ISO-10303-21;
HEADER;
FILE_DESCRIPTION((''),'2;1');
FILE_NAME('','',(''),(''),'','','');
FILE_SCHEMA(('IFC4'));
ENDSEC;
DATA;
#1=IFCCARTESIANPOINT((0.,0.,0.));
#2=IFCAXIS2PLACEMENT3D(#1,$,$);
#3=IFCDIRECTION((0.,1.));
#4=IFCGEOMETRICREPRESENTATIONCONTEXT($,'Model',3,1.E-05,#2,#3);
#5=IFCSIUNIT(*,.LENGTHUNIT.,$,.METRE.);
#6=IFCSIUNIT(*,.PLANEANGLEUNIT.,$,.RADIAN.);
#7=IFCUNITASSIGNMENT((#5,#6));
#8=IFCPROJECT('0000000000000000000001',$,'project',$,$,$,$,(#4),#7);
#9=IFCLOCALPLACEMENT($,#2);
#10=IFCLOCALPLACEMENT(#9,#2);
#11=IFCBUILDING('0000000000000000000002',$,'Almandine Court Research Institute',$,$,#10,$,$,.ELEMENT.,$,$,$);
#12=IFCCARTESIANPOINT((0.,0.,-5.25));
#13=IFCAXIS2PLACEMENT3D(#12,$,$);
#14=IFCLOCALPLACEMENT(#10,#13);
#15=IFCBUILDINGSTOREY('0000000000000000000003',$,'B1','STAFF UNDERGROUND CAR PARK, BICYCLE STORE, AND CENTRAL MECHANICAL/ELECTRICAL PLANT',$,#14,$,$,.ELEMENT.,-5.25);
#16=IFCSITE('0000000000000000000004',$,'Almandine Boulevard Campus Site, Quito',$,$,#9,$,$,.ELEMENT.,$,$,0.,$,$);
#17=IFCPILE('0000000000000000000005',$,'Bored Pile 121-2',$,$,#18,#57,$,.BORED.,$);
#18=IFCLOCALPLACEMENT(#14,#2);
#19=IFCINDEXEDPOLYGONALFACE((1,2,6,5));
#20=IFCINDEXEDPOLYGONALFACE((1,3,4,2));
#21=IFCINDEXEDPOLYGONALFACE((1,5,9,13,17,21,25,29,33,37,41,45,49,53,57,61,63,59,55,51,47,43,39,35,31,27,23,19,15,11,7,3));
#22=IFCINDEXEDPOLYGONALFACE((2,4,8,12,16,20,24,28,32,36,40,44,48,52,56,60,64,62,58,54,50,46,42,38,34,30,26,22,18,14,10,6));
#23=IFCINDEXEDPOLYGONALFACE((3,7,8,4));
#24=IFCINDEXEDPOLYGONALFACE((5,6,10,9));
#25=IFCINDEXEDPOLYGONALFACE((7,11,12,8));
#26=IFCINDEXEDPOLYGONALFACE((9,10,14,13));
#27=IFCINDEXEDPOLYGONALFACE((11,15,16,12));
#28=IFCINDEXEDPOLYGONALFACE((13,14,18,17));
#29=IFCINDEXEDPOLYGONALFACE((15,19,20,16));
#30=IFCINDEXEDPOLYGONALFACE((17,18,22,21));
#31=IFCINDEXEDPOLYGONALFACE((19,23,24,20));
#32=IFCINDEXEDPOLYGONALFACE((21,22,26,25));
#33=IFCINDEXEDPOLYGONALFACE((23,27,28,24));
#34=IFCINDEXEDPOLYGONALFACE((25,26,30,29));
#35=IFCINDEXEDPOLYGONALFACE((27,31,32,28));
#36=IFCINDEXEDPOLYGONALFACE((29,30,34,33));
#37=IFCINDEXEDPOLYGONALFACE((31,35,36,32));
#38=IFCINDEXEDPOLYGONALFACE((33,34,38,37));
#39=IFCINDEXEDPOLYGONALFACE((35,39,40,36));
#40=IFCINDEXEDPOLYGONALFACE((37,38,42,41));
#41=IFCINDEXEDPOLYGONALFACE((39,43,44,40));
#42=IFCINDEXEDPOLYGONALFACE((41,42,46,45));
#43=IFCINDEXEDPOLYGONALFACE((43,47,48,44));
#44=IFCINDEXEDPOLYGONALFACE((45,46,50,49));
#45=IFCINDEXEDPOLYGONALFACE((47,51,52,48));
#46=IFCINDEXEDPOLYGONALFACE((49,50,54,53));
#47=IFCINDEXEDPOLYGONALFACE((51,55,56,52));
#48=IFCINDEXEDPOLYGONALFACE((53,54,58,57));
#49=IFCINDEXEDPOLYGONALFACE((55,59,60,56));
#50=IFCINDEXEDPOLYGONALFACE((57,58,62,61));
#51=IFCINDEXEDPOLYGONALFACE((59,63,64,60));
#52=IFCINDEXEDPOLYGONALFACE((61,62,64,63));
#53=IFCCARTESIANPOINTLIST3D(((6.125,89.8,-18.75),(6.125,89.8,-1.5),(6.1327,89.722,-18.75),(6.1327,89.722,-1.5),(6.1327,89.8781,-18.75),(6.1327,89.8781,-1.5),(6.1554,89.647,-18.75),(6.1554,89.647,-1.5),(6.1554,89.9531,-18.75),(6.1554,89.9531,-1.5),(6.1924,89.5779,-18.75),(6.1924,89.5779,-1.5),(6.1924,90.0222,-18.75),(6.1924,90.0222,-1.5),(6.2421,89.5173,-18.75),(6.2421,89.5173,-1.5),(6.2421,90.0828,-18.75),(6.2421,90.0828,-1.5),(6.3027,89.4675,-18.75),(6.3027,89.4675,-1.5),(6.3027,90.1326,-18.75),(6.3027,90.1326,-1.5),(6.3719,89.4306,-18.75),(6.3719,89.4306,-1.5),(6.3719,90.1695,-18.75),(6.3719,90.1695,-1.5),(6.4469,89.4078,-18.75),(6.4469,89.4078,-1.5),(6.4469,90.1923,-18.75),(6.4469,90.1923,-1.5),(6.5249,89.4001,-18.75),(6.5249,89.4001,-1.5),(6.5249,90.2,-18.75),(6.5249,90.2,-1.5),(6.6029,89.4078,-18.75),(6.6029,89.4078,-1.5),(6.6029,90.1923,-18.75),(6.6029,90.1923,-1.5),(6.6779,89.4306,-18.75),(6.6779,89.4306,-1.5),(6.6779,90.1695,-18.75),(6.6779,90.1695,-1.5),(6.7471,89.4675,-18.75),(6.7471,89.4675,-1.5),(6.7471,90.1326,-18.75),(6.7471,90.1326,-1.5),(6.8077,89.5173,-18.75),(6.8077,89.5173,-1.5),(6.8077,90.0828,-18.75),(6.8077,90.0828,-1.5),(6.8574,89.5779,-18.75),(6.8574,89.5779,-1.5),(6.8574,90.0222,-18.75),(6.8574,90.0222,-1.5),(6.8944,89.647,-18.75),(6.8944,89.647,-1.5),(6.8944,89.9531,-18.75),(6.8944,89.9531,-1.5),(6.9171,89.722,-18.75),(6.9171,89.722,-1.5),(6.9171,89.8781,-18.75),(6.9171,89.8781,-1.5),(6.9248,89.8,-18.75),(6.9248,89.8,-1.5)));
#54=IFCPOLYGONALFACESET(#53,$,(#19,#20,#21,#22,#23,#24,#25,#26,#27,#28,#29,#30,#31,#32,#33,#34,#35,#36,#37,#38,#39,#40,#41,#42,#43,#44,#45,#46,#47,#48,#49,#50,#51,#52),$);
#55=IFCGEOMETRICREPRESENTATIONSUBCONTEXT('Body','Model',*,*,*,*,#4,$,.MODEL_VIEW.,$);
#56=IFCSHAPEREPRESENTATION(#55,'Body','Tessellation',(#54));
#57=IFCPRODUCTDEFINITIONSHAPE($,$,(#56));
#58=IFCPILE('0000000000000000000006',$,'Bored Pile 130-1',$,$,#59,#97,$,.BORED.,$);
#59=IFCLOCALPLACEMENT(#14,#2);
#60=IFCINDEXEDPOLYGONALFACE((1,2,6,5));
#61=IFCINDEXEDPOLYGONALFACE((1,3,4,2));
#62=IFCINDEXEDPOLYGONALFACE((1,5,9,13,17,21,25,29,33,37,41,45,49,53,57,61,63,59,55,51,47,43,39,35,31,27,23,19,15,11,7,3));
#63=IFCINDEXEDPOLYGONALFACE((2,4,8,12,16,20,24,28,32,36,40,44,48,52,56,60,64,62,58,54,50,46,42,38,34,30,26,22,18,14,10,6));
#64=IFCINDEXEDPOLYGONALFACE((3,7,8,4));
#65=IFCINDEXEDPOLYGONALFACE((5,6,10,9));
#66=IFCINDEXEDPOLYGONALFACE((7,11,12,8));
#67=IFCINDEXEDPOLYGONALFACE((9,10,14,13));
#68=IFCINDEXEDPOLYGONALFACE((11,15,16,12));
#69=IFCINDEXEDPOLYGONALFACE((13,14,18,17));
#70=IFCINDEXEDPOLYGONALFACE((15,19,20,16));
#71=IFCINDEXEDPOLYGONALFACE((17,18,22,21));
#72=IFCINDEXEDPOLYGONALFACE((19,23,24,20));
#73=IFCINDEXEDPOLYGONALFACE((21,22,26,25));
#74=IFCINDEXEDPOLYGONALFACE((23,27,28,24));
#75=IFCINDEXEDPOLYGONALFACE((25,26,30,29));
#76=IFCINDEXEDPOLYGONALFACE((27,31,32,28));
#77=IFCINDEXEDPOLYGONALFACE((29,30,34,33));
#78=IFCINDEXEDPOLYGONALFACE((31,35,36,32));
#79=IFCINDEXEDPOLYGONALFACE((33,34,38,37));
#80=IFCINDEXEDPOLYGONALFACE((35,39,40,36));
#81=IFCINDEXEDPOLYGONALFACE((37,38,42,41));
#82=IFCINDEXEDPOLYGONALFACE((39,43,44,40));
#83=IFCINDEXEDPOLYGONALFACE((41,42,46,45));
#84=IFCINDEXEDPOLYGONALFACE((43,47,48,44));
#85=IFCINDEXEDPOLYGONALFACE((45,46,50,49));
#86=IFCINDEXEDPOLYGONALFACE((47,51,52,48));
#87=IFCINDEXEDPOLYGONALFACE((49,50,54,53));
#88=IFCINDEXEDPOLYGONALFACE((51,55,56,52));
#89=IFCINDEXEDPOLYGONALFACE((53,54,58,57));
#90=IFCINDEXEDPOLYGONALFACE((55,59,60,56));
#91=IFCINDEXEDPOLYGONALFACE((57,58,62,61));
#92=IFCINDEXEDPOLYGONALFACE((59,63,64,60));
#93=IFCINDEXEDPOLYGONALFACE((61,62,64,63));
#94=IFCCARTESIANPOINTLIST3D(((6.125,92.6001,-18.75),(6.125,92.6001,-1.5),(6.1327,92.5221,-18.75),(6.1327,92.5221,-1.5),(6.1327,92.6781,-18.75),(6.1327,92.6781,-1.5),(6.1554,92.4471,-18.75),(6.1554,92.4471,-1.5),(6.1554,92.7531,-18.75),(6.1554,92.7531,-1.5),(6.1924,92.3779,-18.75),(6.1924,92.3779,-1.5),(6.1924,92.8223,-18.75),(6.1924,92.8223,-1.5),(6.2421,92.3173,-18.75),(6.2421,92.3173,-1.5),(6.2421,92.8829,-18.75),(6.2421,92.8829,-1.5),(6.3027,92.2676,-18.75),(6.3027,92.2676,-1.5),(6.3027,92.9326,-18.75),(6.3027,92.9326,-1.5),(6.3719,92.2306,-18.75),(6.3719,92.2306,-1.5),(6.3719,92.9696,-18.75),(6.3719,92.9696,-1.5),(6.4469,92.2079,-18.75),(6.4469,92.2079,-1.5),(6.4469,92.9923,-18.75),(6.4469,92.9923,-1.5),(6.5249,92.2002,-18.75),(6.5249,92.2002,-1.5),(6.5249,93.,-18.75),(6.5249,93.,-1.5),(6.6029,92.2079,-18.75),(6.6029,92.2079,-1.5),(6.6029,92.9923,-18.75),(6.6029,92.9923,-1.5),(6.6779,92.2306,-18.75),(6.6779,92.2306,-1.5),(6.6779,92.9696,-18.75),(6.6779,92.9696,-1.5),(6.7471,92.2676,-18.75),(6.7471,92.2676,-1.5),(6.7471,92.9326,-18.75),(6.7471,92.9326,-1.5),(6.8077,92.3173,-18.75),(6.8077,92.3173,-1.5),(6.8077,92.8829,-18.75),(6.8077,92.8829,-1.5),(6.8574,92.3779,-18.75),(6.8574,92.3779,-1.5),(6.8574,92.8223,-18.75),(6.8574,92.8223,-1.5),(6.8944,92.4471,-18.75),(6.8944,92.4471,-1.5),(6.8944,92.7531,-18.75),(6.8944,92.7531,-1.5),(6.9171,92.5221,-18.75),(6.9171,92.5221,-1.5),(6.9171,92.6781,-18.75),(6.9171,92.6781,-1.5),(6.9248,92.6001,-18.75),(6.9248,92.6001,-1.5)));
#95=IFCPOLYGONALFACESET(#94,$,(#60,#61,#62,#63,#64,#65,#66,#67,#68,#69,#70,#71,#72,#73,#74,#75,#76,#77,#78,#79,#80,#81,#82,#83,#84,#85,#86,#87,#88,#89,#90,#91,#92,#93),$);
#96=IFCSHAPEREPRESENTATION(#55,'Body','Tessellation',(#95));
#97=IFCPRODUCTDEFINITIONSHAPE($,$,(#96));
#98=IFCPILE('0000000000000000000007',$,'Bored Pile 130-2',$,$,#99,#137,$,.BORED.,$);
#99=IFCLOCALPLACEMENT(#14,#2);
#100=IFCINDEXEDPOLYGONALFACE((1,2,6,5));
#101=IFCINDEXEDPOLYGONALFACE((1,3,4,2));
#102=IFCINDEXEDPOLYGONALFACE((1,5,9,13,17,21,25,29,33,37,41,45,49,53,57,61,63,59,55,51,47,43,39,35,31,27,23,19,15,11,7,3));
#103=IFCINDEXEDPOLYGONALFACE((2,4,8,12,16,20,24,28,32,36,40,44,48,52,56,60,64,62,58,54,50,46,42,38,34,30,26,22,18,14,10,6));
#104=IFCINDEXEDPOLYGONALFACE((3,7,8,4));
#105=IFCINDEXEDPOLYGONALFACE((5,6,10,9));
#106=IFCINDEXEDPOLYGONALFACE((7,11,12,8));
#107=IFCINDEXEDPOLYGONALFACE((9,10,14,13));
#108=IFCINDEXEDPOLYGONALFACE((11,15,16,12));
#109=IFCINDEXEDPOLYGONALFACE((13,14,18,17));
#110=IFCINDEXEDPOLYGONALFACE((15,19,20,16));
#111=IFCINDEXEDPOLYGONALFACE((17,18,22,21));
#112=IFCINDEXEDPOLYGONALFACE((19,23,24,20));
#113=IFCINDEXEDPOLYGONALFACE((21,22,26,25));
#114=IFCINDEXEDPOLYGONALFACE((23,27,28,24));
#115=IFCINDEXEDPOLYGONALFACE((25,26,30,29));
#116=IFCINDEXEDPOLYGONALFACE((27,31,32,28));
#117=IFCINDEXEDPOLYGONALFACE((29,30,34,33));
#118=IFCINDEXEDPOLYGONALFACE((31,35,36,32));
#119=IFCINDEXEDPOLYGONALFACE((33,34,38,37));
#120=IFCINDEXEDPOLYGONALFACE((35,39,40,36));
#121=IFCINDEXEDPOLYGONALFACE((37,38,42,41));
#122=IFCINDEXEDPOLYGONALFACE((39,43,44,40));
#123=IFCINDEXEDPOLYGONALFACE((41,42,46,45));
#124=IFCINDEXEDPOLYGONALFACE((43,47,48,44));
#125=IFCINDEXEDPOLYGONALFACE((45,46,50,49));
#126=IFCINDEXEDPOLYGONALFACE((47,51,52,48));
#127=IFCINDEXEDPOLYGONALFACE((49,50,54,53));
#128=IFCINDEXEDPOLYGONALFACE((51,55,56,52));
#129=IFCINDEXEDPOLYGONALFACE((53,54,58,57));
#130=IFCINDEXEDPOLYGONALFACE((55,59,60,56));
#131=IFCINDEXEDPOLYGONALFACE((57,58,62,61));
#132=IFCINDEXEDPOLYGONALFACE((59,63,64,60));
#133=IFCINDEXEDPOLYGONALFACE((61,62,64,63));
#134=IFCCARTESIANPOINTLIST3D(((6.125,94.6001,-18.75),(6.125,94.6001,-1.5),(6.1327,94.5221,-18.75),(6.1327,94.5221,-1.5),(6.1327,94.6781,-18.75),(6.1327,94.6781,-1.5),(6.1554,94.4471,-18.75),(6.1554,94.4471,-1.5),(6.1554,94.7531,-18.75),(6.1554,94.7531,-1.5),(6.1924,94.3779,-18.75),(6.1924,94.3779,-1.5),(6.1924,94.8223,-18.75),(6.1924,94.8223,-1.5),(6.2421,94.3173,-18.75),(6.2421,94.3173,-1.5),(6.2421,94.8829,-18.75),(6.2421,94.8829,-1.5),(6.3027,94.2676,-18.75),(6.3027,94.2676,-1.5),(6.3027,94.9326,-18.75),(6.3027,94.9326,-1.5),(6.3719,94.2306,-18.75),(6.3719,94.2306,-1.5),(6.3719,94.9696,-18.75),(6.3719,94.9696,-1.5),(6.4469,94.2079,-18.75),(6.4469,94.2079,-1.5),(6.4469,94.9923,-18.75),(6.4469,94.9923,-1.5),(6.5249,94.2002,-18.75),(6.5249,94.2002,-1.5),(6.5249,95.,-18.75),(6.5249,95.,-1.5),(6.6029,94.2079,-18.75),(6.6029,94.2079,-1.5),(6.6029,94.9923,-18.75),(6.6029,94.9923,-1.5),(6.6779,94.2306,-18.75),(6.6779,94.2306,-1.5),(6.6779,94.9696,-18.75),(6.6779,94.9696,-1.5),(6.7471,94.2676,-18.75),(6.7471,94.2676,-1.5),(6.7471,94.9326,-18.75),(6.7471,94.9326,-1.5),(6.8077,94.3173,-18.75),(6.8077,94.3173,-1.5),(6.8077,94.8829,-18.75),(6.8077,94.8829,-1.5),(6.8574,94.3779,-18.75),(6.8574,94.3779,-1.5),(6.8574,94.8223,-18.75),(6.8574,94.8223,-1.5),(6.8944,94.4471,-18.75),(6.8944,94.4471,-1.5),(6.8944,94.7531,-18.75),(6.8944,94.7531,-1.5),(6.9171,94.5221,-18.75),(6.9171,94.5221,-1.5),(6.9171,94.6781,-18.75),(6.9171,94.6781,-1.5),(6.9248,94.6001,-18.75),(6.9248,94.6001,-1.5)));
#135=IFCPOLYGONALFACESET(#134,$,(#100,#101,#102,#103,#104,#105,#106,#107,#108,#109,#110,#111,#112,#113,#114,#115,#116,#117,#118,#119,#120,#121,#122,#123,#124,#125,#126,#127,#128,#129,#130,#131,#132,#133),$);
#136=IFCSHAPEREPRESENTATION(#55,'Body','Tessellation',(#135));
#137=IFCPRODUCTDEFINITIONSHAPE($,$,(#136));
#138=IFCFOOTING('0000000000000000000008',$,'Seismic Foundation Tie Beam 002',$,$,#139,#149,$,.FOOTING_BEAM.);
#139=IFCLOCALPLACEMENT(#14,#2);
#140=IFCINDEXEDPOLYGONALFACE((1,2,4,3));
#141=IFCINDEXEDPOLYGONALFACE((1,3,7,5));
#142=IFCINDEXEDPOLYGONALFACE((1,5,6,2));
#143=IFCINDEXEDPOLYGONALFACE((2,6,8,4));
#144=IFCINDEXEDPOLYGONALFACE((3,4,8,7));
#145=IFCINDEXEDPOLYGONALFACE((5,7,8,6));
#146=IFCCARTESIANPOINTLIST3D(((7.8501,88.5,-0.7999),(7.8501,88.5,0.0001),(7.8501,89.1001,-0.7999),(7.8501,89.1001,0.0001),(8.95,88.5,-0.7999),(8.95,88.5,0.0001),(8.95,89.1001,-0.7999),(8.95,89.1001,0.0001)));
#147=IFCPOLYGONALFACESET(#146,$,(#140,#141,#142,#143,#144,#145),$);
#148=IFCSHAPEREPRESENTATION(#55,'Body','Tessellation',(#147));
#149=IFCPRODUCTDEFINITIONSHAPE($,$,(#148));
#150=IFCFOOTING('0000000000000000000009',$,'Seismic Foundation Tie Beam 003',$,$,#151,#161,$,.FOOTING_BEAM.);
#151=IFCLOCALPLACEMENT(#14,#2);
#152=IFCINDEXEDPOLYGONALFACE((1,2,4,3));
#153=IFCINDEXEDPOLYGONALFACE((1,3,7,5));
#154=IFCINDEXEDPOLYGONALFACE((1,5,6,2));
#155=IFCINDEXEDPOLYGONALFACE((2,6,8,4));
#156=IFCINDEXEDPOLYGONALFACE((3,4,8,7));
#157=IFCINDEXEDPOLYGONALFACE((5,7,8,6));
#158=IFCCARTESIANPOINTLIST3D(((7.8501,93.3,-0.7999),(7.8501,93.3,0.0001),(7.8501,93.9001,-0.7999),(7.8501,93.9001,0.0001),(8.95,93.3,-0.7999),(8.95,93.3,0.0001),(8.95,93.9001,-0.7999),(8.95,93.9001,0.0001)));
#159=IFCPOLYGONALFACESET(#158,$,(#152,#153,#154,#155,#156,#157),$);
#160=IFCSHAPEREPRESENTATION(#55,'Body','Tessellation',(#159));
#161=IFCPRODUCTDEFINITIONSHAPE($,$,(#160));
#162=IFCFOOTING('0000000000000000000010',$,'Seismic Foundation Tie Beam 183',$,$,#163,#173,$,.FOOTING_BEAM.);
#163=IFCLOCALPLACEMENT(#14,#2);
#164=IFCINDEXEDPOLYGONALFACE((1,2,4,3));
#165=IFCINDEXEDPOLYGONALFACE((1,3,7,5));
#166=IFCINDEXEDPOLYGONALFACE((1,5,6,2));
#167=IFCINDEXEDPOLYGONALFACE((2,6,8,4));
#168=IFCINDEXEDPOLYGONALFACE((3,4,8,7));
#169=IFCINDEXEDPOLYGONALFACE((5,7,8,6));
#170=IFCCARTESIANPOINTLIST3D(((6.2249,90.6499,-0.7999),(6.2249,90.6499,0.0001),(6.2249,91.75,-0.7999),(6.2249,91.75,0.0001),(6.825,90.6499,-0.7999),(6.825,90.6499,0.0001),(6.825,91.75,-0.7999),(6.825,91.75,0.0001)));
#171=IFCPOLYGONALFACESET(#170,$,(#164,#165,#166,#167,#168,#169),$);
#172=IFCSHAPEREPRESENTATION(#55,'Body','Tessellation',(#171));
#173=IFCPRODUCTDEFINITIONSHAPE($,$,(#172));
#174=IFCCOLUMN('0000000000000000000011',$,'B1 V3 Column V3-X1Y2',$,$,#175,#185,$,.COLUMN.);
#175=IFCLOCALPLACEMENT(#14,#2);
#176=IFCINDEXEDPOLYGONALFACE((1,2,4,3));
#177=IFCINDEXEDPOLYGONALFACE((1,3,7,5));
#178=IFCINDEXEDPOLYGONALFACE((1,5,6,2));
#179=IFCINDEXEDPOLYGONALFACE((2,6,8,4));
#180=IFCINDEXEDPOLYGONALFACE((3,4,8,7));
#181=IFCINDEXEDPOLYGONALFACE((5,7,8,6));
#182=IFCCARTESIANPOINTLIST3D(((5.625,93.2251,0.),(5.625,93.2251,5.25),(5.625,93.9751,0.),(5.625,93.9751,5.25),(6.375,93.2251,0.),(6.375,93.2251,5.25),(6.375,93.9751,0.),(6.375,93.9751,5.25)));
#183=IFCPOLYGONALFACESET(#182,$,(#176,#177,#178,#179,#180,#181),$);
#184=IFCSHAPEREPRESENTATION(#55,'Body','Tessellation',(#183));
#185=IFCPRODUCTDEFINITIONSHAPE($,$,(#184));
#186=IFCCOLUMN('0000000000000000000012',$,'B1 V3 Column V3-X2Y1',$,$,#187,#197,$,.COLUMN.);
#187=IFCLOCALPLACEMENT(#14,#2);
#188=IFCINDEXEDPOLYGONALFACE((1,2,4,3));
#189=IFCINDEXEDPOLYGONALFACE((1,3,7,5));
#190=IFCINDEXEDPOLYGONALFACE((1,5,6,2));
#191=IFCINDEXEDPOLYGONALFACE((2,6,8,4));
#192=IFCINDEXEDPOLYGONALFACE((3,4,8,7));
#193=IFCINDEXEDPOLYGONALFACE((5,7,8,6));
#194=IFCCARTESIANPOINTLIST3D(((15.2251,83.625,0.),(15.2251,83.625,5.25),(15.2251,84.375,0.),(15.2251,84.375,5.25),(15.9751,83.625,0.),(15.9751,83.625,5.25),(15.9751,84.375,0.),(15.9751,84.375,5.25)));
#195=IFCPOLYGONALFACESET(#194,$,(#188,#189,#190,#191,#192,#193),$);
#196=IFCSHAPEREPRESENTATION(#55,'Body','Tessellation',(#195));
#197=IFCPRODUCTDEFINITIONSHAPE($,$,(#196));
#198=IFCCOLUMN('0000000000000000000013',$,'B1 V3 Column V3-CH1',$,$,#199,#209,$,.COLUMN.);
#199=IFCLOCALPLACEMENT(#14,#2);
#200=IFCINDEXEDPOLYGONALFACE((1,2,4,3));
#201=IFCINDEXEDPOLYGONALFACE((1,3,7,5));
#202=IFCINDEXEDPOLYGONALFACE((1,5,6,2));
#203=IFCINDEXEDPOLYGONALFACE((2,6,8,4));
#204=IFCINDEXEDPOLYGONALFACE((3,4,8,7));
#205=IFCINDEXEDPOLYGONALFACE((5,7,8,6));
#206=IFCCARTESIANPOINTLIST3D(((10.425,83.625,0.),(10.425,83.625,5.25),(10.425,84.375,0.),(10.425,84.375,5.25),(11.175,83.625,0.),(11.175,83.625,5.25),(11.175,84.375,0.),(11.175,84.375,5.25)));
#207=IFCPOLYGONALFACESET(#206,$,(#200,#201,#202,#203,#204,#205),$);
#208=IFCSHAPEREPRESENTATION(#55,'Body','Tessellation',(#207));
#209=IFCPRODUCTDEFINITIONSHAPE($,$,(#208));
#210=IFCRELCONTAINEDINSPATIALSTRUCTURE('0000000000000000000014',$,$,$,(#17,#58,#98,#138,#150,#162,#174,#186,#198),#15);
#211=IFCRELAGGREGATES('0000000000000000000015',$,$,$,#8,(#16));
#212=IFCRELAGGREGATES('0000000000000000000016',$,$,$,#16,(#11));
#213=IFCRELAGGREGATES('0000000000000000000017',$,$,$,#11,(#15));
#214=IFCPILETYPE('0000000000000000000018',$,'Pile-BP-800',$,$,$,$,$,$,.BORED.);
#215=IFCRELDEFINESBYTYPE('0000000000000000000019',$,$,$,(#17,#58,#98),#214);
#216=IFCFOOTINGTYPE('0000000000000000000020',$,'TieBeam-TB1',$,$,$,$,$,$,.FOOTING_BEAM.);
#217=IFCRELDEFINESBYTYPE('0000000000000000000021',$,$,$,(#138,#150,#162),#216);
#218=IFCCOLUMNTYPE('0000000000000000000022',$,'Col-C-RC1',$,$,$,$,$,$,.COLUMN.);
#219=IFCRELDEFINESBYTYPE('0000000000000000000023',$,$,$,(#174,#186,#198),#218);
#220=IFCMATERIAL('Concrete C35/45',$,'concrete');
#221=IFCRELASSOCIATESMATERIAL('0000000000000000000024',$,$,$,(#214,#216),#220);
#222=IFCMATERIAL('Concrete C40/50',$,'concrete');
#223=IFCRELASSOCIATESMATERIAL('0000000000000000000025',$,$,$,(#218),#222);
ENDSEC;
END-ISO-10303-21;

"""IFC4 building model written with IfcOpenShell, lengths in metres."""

from ifc_helpers import new_model, si_unit, direction, frame, origin, origin_2d, place, context, subcontext, project, spatial, rectangle, circle, extrude, material, material_profile, profile_set, type_object, element, save


model = new_model("IFC4")

# Units and contexts
model_context = context("Model", 3, precision=1e-05, world=origin(), true_north=direction((0.0, 1.0)))
body_context = subcontext(model_context, "Body", "Model", "MODEL_VIEW")
ifc_project = project(units=[si_unit("LENGTHUNIT", "METRE"), si_unit("PLANEANGLEUNIT", "RADIAN")], contexts=[model_context])

# Site, building, storey
site_placement = place(None, origin())
site = spatial("IfcSite", under=ifc_project, at=site_placement, Name="Almandine Boulevard Campus Site, Quito", CompositionType="ELEMENT", RefElevation=0.0)
building_placement = place(site_placement, origin())
building = spatial("IfcBuilding", under=site, at=building_placement, Name="Almandine Court Research Institute", CompositionType="ELEMENT")
storey_placement = place(building_placement, frame((0.0, 0.0, -5.25)))
storey = spatial("IfcBuildingStorey", under=building, at=storey_placement, Name="B1", Description="STAFF UNDERGROUND CAR PARK, BICYCLE STORE, AND CENTRAL MECHANICAL/ELECTRICAL PLANT", CompositionType="ELEMENT", Elevation=-5.25)

# Shared definitions
ifc_material_1 = material(Name="Concrete C35/45", Category="concrete")

# Piles
ifc_material_profile_1 = material_profile(ifc_material_1, circle(Radius=0.3999, at=origin_2d()), Name="BORED PILE D800")
ifc_profile_set_1 = profile_set([ifc_material_profile_1], Name="Concrete C35/45")
pile_type_1 = type_object("IfcPileType", Name="Pile-BP-800", PredefinedType="BORED", material=ifc_profile_set_1)
for number, where, z_axis, x_axis, name in (
    (1, (6.5249, 89.8, -1.5), (0.0, 0.0, -1.0), (1.0, 0.0, 0.0), "Bored Pile 121-2"),
    (2, (6.5249, 92.6001, -1.5), (0.0, 0.0, -1.0), (1.0, 0.0, 0.0), "Bored Pile 130-1"),
    (3, (6.5249, 94.6001, -1.5), (0.0, 0.0, -1.0), (1.0, 0.0, 0.0), "Bored Pile 130-2"),
):
    element("IfcPile", number, at=place(storey_placement, frame(where, z_axis=z_axis, x_axis=x_axis)), inside=storey, type_object=pile_type_1, Name=name, PredefinedType="BORED", context=body_context, shape_type="SweptSolid", body=[
        extrude(circle(Radius=0.3999, at=origin_2d()), origin(), (0.0, 0.0, 1.0), 17.25),
    ])

# Footings
ifc_material_profile_2 = material_profile(ifc_material_1, rectangle(XDim=0.6001, YDim=0.8, at=origin_2d()), Name="RC TIE 600x800")
ifc_profile_set_2 = profile_set([ifc_material_profile_2], Name="Concrete C35/45")
footing_type_1 = type_object("IfcFootingType", Name="TieBeam-TB1", PredefinedType="FOOTING_BEAM", material=ifc_profile_set_2)
for number, where, z_axis, x_axis, name in (
    (4, (7.8501, 88.8, -0.3999), (1.0, 0.0, 0.0), (0.0, 1.0, 0.0), "Seismic Foundation Tie Beam 002"),
    (5, (7.8501, 93.6001, -0.3999), (1.0, 0.0, 0.0), (0.0, 1.0, 0.0), "Seismic Foundation Tie Beam 003"),
):
    element("IfcFooting", number, at=place(storey_placement, frame(where, z_axis=z_axis, x_axis=x_axis)), inside=storey, type_object=footing_type_1, Name=name, PredefinedType="FOOTING_BEAM", context=body_context, shape_type="SweptSolid", body=[
        extrude(rectangle(XDim=0.6001, YDim=0.8, at=origin_2d()), origin(), (0.0, 0.0, 1.0), 1.0999),
    ])
footing_placement = place(storey_placement, frame((6.5249, 90.6499, -0.3999), z_axis=(0.0, 1.0, 0.0), x_axis=(-1.0, 0.0, 0.0)))
element("IfcFooting", 6, at=footing_placement, inside=storey, type_object=footing_type_1, Name="Seismic Foundation Tie Beam 183", PredefinedType="FOOTING_BEAM", context=body_context, shape_type="SweptSolid", body=[
    extrude(rectangle(XDim=0.6001, YDim=0.8, at=origin_2d()), origin(), (0.0, 0.0, 1.0), 1.1001),
])

# Columns
ifc_material_2 = material(Name="Concrete C40/50", Category="concrete")
ifc_material_profile_3 = material_profile(ifc_material_2, rectangle(XDim=0.75, YDim=0.75, at=origin_2d()), Name="RC 750x750")
ifc_profile_set_3 = profile_set([ifc_material_profile_3], Name="Concrete C40/50")
column_type_1 = type_object("IfcColumnType", Name="Col-C-RC1", PredefinedType="COLUMN", material=ifc_profile_set_3)
for number, where, z_axis, x_axis, name in (
    (7, (6.0, 93.6001, 0.0), (0.0, 0.0, 1.0), (1.0, 0.0, 0.0), "B1 V3 Column V3-X1Y2"),
    (8, (15.6001, 84.0, 0.0), (0.0, 0.0, 1.0), (1.0, 0.0, 0.0), "B1 V3 Column V3-X2Y1"),
    (9, (10.8, 84.0, 0.0), (0.0, 0.0, 1.0), (1.0, 0.0, 0.0), "B1 V3 Column V3-CH1"),
):
    element("IfcColumn", number, at=place(storey_placement, frame(where, z_axis=z_axis, x_axis=x_axis)), inside=storey, type_object=column_type_1, Name=name, PredefinedType="COLUMN", context=body_context, shape_type="SweptSolid", body=[
        extrude(rectangle(XDim=0.75, YDim=0.75, at=origin_2d()), origin(), (0.0, 0.0, 1.0), 5.25),
    ])

save(model, "model.ifc")
